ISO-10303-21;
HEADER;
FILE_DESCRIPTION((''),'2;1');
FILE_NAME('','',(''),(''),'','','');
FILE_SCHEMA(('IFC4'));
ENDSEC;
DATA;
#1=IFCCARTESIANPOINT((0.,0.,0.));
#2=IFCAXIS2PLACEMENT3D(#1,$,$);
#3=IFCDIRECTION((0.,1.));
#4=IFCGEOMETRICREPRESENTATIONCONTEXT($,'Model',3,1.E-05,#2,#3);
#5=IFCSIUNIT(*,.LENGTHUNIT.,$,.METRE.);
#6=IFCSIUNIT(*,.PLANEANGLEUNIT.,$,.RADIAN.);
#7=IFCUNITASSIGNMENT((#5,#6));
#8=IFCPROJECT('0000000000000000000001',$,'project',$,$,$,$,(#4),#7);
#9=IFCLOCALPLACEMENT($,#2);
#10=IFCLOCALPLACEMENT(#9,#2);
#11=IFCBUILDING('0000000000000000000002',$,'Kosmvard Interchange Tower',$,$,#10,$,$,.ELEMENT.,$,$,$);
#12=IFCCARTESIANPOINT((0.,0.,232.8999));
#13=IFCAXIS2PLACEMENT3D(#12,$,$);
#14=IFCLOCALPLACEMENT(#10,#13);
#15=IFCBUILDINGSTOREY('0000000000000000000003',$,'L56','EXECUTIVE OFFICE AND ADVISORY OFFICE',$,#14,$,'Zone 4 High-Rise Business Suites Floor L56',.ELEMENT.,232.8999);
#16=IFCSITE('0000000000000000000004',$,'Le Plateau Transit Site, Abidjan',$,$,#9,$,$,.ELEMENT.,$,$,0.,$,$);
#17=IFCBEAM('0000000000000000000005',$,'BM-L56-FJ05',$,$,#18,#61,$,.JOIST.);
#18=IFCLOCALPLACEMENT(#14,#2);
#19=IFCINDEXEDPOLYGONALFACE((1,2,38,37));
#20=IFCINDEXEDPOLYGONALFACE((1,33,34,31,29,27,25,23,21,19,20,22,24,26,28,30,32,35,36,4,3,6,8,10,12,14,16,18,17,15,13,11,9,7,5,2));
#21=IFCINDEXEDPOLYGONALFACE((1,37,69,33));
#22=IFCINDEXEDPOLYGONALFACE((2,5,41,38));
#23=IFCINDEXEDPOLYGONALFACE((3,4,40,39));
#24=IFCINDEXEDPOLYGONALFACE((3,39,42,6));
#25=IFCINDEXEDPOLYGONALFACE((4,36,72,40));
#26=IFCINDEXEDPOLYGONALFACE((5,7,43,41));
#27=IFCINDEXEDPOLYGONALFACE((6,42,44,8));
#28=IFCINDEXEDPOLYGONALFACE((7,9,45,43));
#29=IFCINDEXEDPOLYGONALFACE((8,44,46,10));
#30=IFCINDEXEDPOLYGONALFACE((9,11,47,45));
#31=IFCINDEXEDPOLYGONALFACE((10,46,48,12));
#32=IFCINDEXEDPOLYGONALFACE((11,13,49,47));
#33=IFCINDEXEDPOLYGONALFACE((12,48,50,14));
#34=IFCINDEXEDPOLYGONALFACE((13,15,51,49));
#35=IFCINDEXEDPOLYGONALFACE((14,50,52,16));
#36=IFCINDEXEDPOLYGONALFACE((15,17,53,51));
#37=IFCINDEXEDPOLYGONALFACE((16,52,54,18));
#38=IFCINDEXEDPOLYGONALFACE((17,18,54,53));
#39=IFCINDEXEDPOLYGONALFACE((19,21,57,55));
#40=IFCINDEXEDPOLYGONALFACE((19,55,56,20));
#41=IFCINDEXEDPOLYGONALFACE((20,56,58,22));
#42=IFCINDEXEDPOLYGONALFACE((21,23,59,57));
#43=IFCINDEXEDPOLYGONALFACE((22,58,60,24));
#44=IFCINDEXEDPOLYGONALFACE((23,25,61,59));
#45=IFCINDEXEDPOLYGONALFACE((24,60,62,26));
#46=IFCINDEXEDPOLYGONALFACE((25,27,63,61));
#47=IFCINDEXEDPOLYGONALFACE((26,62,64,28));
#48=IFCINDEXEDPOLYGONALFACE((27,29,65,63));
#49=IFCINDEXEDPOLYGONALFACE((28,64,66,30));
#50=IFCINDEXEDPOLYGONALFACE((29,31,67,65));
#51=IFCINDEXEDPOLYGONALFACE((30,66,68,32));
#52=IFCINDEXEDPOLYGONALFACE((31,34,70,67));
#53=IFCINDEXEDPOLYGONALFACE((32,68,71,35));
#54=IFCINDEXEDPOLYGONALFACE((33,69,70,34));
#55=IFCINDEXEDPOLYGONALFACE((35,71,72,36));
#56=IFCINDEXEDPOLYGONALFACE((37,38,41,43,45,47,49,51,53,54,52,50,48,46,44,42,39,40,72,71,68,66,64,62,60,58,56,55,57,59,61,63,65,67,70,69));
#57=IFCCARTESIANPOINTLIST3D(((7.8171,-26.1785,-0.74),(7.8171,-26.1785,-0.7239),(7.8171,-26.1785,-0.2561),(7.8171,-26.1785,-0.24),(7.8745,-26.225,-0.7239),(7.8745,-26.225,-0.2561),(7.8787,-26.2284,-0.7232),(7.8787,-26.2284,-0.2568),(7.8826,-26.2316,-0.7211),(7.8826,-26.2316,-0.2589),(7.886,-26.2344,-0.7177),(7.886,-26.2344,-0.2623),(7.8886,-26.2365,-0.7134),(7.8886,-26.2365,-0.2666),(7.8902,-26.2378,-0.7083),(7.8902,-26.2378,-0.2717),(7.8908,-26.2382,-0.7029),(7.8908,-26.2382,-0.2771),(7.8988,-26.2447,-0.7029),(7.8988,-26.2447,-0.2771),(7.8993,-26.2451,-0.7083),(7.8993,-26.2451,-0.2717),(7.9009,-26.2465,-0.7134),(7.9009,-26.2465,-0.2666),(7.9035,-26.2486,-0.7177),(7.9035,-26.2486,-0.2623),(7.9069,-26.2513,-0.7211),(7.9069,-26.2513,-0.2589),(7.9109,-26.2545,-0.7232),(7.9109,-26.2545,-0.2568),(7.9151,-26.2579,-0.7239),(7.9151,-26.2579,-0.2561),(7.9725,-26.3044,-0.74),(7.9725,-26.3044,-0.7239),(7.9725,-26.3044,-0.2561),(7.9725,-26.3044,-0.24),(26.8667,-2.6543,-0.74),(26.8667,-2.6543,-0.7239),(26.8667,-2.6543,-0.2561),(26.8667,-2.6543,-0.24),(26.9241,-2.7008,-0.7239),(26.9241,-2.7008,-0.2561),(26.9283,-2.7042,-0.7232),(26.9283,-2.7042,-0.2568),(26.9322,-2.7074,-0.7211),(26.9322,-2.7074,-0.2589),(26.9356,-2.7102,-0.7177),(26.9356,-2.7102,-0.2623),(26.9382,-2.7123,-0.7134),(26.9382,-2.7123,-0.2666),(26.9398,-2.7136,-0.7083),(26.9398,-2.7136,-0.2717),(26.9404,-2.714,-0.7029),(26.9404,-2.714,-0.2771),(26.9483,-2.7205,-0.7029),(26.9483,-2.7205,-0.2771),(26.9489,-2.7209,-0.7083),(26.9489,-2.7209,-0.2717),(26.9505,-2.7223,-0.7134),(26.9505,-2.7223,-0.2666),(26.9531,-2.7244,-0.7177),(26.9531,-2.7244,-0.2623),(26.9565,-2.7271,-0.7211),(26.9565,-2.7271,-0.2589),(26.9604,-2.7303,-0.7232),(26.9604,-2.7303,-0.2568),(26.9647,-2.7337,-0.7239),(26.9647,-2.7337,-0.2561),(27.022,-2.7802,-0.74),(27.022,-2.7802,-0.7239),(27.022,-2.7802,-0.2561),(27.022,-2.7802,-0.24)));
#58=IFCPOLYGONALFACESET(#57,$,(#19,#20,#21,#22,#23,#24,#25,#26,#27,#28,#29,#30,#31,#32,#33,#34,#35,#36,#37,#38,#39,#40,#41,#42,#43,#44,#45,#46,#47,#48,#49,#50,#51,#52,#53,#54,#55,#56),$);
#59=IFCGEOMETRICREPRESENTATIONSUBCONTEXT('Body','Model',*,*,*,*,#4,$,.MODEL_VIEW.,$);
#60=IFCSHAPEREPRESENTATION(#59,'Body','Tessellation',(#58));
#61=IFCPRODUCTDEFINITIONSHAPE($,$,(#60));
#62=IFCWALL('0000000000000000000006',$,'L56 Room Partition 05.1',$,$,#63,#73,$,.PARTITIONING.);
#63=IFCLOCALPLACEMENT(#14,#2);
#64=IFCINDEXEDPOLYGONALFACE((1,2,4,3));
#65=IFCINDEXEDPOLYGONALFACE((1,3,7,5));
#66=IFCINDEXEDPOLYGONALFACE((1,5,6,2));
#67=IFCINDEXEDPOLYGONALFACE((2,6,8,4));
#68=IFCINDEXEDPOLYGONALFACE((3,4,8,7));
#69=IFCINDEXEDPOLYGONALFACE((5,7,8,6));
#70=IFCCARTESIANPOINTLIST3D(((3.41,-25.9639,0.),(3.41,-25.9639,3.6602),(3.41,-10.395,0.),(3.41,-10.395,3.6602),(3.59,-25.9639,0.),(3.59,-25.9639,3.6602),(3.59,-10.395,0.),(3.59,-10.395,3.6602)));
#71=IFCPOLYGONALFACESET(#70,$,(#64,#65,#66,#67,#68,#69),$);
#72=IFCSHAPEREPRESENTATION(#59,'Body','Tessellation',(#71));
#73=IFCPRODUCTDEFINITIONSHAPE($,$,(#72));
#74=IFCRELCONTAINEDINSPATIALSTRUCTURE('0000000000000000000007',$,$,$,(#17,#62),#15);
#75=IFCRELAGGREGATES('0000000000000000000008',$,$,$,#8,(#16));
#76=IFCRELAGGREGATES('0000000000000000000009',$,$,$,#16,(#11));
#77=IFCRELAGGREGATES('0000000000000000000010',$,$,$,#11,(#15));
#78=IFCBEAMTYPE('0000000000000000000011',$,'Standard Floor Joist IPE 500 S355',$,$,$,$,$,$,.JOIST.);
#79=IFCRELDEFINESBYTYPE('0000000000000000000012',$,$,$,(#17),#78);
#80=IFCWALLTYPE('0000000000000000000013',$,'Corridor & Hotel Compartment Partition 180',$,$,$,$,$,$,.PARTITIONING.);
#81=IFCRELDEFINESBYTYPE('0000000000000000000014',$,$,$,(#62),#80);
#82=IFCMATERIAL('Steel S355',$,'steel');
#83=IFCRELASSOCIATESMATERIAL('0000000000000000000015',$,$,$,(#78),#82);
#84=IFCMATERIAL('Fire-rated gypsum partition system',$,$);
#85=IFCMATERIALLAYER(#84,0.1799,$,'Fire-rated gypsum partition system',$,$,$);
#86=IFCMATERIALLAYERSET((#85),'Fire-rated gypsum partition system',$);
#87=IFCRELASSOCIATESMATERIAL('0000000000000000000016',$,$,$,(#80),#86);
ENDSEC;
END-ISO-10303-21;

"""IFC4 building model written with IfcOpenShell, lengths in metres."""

from ifc_helpers import new_model, si_unit, direction, frame, frame_2d, origin, origin_2d, place, context, subcontext, project, spatial, rectangle, i_section, extrude, source, transform, mapped, material, layer, layer_set, material_profile, profile_set, type_object, element, save


model = new_model("IFC4")

# Units and contexts
model_context = context("Model", 3, precision=1e-05, world=origin(), true_north=direction((0.0, 1.0)))
body_context = subcontext(model_context, "Body", "Model", "MODEL_VIEW")
ifc_project = project(units=[si_unit("LENGTHUNIT", "METRE"), si_unit("PLANEANGLEUNIT", "RADIAN")], contexts=[model_context])

# Site, building, storey
site_placement = place(None, origin())
site = spatial("IfcSite", under=ifc_project, at=site_placement, Name="Le Plateau Transit Site, Abidjan", CompositionType="ELEMENT", RefElevation=0.0)
building_placement = place(site_placement, origin())
building = spatial("IfcBuilding", under=site, at=building_placement, Name="Kosmvard Interchange Tower", CompositionType="ELEMENT")
storey_placement = place(building_placement, frame((0.0, 0.0, 232.8999)))
storey = spatial("IfcBuildingStorey", under=building, at=storey_placement, Name="L56", Description="EXECUTIVE OFFICE AND ADVISORY OFFICE", LongName="Zone 4 High-Rise Business Suites Floor L56", CompositionType="ELEMENT", Elevation=232.8999)

# Beam
ifc_material_1 = material(Name="Steel S355", Category="steel")
ifc_material_profile_1 = material_profile(ifc_material_1, i_section(OverallWidth=0.2, OverallDepth=0.5, WebThickness=0.0103, FlangeThickness=0.0161, FilletRadius=0.021, at=origin_2d()), Name="IPE 500")
ifc_profile_set_1 = profile_set([ifc_material_profile_1], Name="Steel S355")
beam_type_1 = type_object("IfcBeamType", Name="Standard Floor Joist IPE 500 S355", PredefinedType="JOIST", material=ifc_profile_set_1)
shared_shape_1 = source(origin(), body_context, "Body", "SweptSolid", [
    extrude(i_section(OverallWidth=0.2, OverallDepth=0.5, WebThickness=0.0103, FlangeThickness=0.0161, FilletRadius=0.021, at=origin_2d()), origin(), (0.0, 0.0, 1.0), 30.27),
])
beam_1_placement = place(storey_placement, frame((7.8948, -26.2415, -0.49), z_axis=(0.629322, 0.777145, 0.0), x_axis=(-0.777145, 0.629322, 0.0)))
element("IfcBeam", 1, at=beam_1_placement, inside=storey, type_object=beam_type_1, Name="BM-L56-FJ05", PredefinedType="JOIST", context=body_context, shape_type="MappedRepresentation", body=[
    mapped(shared_shape_1, transform((0.0, 0.0, 0.0), scale=1.0)),
])

# Wall
ifc_material_2 = material(Name="Fire-rated gypsum partition system")
ifc_layer_1 = layer(ifc_material_2, 0.1799, Name="Fire-rated gypsum partition system")
ifc_layer_set_1 = layer_set([ifc_layer_1], Name="Fire-rated gypsum partition system")
wall_type_1 = type_object("IfcWallType", Name="Corridor & Hotel Compartment Partition 180", PredefinedType="PARTITIONING", material=ifc_layer_set_1)
wall_1_placement = place(storey_placement, frame((3.5, -10.395, 0.0), z_axis=(0.0, 0.0, 1.0), x_axis=(0.0, -1.0, 0.0)))
element("IfcWall", 2, at=wall_1_placement, inside=storey, type_object=wall_type_1, Name="L56 Room Partition 05.1", PredefinedType="PARTITIONING", context=body_context, shape_type="SweptSolid", body=[
    extrude(rectangle(XDim=15.5688, YDim=0.1799, at=frame_2d((7.7844, 0.0))), origin(), (0.0, 0.0, 1.0), 3.6602),
])

save(model, "model.ifc")
